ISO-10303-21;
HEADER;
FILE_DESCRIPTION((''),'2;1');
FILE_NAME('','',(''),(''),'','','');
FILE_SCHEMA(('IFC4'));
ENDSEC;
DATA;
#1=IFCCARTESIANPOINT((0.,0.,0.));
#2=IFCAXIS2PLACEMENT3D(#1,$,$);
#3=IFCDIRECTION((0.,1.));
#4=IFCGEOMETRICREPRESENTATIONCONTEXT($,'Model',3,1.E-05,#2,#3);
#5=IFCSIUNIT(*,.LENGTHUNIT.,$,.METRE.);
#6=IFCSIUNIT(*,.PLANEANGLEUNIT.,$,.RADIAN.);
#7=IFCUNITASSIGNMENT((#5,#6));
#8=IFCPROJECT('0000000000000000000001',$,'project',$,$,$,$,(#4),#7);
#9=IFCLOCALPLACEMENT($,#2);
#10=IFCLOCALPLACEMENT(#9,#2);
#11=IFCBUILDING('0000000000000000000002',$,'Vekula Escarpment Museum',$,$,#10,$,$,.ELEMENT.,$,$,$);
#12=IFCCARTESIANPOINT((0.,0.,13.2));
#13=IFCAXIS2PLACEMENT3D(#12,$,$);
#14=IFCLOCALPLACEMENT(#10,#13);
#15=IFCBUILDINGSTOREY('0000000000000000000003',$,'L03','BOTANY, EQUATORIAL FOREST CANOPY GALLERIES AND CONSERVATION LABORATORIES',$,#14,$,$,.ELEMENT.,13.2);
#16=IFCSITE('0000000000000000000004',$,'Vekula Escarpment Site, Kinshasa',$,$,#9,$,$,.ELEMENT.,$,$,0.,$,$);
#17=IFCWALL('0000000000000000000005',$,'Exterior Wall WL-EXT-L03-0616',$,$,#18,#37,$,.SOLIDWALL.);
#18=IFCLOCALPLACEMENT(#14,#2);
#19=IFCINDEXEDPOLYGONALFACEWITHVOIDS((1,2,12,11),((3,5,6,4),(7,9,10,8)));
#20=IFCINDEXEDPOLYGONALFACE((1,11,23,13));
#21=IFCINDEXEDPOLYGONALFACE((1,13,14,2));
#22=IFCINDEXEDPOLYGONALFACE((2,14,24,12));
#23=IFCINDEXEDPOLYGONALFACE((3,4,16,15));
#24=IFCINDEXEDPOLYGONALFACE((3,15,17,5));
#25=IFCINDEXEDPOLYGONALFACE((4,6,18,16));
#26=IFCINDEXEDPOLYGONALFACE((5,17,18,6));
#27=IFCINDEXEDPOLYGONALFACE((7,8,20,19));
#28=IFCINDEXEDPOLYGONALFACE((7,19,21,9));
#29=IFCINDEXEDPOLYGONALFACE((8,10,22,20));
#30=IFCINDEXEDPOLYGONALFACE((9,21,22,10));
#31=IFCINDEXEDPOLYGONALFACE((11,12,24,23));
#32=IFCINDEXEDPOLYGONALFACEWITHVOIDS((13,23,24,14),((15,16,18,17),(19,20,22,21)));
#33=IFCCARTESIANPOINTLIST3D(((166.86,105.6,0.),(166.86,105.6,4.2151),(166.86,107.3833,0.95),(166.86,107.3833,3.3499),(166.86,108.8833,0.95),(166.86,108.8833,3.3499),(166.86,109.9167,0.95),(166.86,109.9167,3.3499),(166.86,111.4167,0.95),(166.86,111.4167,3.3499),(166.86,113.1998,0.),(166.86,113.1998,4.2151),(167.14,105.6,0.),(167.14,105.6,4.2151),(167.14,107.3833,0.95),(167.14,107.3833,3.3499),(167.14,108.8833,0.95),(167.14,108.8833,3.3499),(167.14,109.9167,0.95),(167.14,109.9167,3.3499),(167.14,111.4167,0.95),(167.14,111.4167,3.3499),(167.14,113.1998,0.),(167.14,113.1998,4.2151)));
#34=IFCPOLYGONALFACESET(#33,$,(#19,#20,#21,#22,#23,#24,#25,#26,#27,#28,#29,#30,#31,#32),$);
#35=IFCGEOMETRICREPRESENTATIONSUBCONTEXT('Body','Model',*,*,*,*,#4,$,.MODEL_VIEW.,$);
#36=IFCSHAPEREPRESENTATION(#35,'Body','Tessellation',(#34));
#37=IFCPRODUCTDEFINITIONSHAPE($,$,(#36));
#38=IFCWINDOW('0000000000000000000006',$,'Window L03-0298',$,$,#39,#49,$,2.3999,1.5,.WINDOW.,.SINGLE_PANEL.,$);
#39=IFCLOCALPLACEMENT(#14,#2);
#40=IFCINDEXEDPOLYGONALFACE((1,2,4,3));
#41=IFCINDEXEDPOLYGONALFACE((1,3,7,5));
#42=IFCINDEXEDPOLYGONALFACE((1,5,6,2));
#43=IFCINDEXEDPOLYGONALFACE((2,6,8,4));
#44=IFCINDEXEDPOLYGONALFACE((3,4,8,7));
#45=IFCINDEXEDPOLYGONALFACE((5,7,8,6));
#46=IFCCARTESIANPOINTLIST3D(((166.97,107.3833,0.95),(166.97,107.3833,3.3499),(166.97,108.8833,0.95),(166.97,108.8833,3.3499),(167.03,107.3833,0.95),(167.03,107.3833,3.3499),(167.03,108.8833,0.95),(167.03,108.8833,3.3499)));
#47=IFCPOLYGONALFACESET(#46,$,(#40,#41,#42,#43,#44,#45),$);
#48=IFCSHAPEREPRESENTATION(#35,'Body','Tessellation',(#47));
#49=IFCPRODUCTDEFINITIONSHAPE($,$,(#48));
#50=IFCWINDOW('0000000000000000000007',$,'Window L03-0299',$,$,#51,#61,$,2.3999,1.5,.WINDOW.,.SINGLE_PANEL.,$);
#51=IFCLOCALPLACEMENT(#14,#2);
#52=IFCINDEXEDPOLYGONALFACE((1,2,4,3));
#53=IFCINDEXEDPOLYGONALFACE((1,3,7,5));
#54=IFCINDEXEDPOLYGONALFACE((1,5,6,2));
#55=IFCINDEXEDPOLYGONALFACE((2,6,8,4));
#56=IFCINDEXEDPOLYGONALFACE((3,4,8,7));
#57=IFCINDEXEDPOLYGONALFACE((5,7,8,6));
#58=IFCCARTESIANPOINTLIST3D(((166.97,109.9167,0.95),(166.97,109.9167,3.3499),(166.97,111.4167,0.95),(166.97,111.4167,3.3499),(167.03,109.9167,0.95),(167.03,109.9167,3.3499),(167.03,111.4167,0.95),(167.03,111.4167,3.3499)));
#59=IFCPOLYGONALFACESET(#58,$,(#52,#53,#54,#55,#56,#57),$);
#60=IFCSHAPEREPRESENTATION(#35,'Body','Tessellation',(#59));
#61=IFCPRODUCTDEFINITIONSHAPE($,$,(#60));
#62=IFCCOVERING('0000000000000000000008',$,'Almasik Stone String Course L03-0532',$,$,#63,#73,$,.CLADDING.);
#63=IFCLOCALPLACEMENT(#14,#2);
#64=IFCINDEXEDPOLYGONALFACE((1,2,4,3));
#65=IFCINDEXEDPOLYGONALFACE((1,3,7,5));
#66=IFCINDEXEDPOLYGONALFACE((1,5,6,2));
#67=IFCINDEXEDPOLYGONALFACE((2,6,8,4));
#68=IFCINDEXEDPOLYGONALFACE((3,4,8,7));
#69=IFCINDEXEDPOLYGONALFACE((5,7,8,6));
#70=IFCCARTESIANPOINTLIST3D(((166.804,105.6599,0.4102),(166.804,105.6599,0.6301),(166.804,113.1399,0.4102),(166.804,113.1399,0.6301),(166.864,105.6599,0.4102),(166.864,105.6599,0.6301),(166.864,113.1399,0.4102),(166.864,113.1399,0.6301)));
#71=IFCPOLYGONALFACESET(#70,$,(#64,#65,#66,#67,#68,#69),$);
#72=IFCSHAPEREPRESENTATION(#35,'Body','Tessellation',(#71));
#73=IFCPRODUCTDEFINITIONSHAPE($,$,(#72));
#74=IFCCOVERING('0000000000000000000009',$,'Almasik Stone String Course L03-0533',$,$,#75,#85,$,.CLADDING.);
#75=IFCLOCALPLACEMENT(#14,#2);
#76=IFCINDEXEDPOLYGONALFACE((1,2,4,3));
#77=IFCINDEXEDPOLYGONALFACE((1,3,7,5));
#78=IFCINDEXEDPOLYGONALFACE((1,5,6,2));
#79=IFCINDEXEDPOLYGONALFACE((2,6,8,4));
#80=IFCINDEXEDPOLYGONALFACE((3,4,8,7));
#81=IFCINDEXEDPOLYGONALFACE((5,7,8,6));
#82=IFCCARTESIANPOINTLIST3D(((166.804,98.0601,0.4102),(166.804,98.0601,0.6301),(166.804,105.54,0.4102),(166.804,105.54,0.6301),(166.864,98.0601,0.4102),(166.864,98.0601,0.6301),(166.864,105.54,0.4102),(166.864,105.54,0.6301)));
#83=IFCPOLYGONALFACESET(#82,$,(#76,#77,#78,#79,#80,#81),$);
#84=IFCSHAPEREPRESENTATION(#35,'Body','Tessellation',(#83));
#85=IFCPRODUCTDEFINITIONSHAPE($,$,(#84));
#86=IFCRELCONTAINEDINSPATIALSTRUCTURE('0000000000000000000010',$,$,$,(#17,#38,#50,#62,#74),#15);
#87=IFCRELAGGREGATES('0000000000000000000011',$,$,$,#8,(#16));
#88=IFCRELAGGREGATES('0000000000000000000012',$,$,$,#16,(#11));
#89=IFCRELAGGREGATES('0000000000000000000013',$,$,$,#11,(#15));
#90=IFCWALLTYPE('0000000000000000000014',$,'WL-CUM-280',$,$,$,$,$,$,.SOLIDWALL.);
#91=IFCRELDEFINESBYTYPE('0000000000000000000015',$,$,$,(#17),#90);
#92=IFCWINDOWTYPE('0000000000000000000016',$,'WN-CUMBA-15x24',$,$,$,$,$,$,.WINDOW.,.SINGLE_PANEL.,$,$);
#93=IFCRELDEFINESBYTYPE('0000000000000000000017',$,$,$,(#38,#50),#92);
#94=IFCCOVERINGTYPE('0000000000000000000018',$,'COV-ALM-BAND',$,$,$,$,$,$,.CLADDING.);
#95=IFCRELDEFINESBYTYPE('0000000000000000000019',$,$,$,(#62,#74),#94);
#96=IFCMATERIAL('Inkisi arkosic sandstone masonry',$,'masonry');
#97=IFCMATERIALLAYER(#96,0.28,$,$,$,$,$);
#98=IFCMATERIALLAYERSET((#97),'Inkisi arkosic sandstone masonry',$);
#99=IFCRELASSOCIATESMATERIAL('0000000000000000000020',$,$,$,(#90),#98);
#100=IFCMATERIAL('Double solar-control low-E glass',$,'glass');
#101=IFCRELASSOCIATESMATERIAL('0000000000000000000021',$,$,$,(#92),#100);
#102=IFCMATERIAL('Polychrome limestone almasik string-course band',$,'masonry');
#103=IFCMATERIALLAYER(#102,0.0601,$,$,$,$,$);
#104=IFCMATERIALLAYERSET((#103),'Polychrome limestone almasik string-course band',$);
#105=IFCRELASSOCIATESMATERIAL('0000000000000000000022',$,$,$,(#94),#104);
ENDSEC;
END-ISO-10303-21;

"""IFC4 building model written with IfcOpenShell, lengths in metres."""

from ifc_helpers import new_model, si_unit, direction, frame, frame_2d, origin, origin_2d, place, context, subcontext, project, spatial, rectangle, extrude, material, layer, layer_set, type_object, element, fill, save


model = new_model("IFC4")

# Units and contexts
model_context = context("Model", 3, precision=1e-05, world=origin(), true_north=direction((0.0, 1.0)))
body_context = subcontext(model_context, "Body", "Model", "MODEL_VIEW")
ifc_project = project(units=[si_unit("LENGTHUNIT", "METRE"), si_unit("PLANEANGLEUNIT", "RADIAN")], contexts=[model_context])

# Site, building, storey
site_placement = place(None, origin())
site = spatial("IfcSite", under=ifc_project, at=site_placement, Name="Vekula Escarpment Site, Kinshasa", CompositionType="ELEMENT", RefElevation=0.0)
building_placement = place(site_placement, origin())
building = spatial("IfcBuilding", under=site, at=building_placement, Name="Vekula Escarpment Museum", CompositionType="ELEMENT")
storey_placement = place(building_placement, frame((0.0, 0.0, 13.2)))
storey = spatial("IfcBuildingStorey", under=building, at=storey_placement, Name="L03", Description="BOTANY, EQUATORIAL FOREST CANOPY GALLERIES AND CONSERVATION LABORATORIES", CompositionType="ELEMENT", Elevation=13.2)

# Wall, openings, windows
ifc_material_1 = material(Name="Inkisi arkosic sandstone masonry", Category="masonry")
ifc_layer_1 = layer(ifc_material_1, 0.28)
ifc_layer_set_1 = layer_set([ifc_layer_1], Name="Inkisi arkosic sandstone masonry")
wall_type = type_object("IfcWallType", Name="WL-CUM-280", PredefinedType="SOLIDWALL", material=ifc_layer_set_1)
wall_1_placement = place(storey_placement, frame((167.0, 105.6001, 0.0), z_axis=(0.0, 0.0, 1.0), x_axis=(0.0, 1.0, 0.0)))
wall_1 = element("IfcWall", 1, at=wall_1_placement, inside=storey, type_object=wall_type, Name="Exterior Wall WL-EXT-L03-0616", PredefinedType="SOLIDWALL", context=body_context, shape_type="SweptSolid", body=[
    extrude(rectangle(XDim=7.5999, YDim=0.28, at=frame_2d((3.7998, 0.0))), origin(), (0.0, 0.0, 1.0), 4.2151),
])
opening_1_placement = place(wall_1_placement, frame((1.7832, 0.0, 0.95)))
opening_1 = element("IfcOpeningElement", 2, at=opening_1_placement, cuts=wall_1, PredefinedType="OPENING", context=body_context, shape_type="SweptSolid", body=[
    extrude(rectangle(XDim=1.5, YDim=2.3999, at=frame_2d((0.75, 1.2))), frame((0.0, 0.1499, 0.0), z_axis=(0.0, -1.0, 0.0), x_axis=(1.0, 0.0, 0.0)), (0.0, 0.0, 1.0), 0.3),
])
opening_2_placement = place(wall_1_placement, frame((4.3167, 0.0, 0.95)))
opening_2 = element("IfcOpeningElement", 3, at=opening_2_placement, cuts=wall_1, PredefinedType="OPENING", context=body_context, shape_type="SweptSolid", body=[
    extrude(rectangle(XDim=1.5, YDim=2.3999, at=frame_2d((0.75, 1.2))), frame((0.0, 0.1499, 0.0), z_axis=(0.0, -1.0, 0.0), x_axis=(1.0, 0.0, 0.0)), (0.0, 0.0, 1.0), 0.3),
])
ifc_material_2 = material(Name="Double solar-control low-E glass", Category="glass")
window_type_1 = type_object("IfcWindowType", Name="WN-CUMBA-15x24", PartitioningType="SINGLE_PANEL", PredefinedType="WINDOW", material=ifc_material_2)
window_1_placement = place(opening_1_placement, origin())
window_1 = element("IfcWindow", 4, at=window_1_placement, inside=storey, type_object=window_type_1, Name="Window L03-0298", OverallHeight=2.3999, OverallWidth=1.5, PartitioningType="SINGLE_PANEL", PredefinedType="WINDOW", context=body_context, shape_type="SweptSolid", body=[
    extrude(rectangle(XDim=1.5, YDim=2.3999, at=frame_2d((0.75, 1.2))), frame((0.0, 0.03, 0.0), z_axis=(0.0, -1.0, 0.0), x_axis=(1.0, 0.0, 0.0)), (0.0, 0.0, 1.0), 0.0601),
])
fill(opening_1, window_1)
window_2_placement = place(opening_2_placement, origin())
window_2 = element("IfcWindow", 5, at=window_2_placement, inside=storey, type_object=window_type_1, Name="Window L03-0299", OverallHeight=2.3999, OverallWidth=1.5, PartitioningType="SINGLE_PANEL", PredefinedType="WINDOW", context=body_context, shape_type="SweptSolid", body=[
    extrude(rectangle(XDim=1.5, YDim=2.3999, at=frame_2d((0.75, 1.2))), frame((0.0, 0.03, 0.0), z_axis=(0.0, -1.0, 0.0), x_axis=(1.0, 0.0, 0.0)), (0.0, 0.0, 1.0), 0.0601),
])
fill(opening_2, window_2)

# Coverings
ifc_material_3 = material(Name="Polychrome limestone almasik string-course band", Category="masonry")
ifc_layer_2 = layer(ifc_material_3, 0.0601)
ifc_layer_set_2 = layer_set([ifc_layer_2], Name="Polychrome limestone almasik string-course band")
covering_type = type_object("IfcCoveringType", Name="COV-ALM-BAND", PredefinedType="CLADDING", material=ifc_layer_set_2)
for number, where, z_axis, x_axis, name in (
    (6, (166.834, 109.3999, 0.4102), (0.0, 0.0, 1.0), (0.0, 1.0, 0.0), "Almasik Stone String Course L03-0532"),
    (7, (166.834, 101.8, 0.4102), (0.0, 0.0, 1.0), (0.0, 1.0, 0.0), "Almasik Stone String Course L03-0533"),
):
    element("IfcCovering", number, at=place(storey_placement, frame(where, z_axis=z_axis, x_axis=x_axis)), inside=storey, type_object=covering_type, Name=name, PredefinedType="CLADDING", context=body_context, shape_type="SweptSolid", body=[
        extrude(rectangle(XDim=7.48, YDim=0.0601, at=origin_2d()), origin(), (0.0, 0.0, 1.0), 0.22),
    ])

save(model, "model.ifc")
